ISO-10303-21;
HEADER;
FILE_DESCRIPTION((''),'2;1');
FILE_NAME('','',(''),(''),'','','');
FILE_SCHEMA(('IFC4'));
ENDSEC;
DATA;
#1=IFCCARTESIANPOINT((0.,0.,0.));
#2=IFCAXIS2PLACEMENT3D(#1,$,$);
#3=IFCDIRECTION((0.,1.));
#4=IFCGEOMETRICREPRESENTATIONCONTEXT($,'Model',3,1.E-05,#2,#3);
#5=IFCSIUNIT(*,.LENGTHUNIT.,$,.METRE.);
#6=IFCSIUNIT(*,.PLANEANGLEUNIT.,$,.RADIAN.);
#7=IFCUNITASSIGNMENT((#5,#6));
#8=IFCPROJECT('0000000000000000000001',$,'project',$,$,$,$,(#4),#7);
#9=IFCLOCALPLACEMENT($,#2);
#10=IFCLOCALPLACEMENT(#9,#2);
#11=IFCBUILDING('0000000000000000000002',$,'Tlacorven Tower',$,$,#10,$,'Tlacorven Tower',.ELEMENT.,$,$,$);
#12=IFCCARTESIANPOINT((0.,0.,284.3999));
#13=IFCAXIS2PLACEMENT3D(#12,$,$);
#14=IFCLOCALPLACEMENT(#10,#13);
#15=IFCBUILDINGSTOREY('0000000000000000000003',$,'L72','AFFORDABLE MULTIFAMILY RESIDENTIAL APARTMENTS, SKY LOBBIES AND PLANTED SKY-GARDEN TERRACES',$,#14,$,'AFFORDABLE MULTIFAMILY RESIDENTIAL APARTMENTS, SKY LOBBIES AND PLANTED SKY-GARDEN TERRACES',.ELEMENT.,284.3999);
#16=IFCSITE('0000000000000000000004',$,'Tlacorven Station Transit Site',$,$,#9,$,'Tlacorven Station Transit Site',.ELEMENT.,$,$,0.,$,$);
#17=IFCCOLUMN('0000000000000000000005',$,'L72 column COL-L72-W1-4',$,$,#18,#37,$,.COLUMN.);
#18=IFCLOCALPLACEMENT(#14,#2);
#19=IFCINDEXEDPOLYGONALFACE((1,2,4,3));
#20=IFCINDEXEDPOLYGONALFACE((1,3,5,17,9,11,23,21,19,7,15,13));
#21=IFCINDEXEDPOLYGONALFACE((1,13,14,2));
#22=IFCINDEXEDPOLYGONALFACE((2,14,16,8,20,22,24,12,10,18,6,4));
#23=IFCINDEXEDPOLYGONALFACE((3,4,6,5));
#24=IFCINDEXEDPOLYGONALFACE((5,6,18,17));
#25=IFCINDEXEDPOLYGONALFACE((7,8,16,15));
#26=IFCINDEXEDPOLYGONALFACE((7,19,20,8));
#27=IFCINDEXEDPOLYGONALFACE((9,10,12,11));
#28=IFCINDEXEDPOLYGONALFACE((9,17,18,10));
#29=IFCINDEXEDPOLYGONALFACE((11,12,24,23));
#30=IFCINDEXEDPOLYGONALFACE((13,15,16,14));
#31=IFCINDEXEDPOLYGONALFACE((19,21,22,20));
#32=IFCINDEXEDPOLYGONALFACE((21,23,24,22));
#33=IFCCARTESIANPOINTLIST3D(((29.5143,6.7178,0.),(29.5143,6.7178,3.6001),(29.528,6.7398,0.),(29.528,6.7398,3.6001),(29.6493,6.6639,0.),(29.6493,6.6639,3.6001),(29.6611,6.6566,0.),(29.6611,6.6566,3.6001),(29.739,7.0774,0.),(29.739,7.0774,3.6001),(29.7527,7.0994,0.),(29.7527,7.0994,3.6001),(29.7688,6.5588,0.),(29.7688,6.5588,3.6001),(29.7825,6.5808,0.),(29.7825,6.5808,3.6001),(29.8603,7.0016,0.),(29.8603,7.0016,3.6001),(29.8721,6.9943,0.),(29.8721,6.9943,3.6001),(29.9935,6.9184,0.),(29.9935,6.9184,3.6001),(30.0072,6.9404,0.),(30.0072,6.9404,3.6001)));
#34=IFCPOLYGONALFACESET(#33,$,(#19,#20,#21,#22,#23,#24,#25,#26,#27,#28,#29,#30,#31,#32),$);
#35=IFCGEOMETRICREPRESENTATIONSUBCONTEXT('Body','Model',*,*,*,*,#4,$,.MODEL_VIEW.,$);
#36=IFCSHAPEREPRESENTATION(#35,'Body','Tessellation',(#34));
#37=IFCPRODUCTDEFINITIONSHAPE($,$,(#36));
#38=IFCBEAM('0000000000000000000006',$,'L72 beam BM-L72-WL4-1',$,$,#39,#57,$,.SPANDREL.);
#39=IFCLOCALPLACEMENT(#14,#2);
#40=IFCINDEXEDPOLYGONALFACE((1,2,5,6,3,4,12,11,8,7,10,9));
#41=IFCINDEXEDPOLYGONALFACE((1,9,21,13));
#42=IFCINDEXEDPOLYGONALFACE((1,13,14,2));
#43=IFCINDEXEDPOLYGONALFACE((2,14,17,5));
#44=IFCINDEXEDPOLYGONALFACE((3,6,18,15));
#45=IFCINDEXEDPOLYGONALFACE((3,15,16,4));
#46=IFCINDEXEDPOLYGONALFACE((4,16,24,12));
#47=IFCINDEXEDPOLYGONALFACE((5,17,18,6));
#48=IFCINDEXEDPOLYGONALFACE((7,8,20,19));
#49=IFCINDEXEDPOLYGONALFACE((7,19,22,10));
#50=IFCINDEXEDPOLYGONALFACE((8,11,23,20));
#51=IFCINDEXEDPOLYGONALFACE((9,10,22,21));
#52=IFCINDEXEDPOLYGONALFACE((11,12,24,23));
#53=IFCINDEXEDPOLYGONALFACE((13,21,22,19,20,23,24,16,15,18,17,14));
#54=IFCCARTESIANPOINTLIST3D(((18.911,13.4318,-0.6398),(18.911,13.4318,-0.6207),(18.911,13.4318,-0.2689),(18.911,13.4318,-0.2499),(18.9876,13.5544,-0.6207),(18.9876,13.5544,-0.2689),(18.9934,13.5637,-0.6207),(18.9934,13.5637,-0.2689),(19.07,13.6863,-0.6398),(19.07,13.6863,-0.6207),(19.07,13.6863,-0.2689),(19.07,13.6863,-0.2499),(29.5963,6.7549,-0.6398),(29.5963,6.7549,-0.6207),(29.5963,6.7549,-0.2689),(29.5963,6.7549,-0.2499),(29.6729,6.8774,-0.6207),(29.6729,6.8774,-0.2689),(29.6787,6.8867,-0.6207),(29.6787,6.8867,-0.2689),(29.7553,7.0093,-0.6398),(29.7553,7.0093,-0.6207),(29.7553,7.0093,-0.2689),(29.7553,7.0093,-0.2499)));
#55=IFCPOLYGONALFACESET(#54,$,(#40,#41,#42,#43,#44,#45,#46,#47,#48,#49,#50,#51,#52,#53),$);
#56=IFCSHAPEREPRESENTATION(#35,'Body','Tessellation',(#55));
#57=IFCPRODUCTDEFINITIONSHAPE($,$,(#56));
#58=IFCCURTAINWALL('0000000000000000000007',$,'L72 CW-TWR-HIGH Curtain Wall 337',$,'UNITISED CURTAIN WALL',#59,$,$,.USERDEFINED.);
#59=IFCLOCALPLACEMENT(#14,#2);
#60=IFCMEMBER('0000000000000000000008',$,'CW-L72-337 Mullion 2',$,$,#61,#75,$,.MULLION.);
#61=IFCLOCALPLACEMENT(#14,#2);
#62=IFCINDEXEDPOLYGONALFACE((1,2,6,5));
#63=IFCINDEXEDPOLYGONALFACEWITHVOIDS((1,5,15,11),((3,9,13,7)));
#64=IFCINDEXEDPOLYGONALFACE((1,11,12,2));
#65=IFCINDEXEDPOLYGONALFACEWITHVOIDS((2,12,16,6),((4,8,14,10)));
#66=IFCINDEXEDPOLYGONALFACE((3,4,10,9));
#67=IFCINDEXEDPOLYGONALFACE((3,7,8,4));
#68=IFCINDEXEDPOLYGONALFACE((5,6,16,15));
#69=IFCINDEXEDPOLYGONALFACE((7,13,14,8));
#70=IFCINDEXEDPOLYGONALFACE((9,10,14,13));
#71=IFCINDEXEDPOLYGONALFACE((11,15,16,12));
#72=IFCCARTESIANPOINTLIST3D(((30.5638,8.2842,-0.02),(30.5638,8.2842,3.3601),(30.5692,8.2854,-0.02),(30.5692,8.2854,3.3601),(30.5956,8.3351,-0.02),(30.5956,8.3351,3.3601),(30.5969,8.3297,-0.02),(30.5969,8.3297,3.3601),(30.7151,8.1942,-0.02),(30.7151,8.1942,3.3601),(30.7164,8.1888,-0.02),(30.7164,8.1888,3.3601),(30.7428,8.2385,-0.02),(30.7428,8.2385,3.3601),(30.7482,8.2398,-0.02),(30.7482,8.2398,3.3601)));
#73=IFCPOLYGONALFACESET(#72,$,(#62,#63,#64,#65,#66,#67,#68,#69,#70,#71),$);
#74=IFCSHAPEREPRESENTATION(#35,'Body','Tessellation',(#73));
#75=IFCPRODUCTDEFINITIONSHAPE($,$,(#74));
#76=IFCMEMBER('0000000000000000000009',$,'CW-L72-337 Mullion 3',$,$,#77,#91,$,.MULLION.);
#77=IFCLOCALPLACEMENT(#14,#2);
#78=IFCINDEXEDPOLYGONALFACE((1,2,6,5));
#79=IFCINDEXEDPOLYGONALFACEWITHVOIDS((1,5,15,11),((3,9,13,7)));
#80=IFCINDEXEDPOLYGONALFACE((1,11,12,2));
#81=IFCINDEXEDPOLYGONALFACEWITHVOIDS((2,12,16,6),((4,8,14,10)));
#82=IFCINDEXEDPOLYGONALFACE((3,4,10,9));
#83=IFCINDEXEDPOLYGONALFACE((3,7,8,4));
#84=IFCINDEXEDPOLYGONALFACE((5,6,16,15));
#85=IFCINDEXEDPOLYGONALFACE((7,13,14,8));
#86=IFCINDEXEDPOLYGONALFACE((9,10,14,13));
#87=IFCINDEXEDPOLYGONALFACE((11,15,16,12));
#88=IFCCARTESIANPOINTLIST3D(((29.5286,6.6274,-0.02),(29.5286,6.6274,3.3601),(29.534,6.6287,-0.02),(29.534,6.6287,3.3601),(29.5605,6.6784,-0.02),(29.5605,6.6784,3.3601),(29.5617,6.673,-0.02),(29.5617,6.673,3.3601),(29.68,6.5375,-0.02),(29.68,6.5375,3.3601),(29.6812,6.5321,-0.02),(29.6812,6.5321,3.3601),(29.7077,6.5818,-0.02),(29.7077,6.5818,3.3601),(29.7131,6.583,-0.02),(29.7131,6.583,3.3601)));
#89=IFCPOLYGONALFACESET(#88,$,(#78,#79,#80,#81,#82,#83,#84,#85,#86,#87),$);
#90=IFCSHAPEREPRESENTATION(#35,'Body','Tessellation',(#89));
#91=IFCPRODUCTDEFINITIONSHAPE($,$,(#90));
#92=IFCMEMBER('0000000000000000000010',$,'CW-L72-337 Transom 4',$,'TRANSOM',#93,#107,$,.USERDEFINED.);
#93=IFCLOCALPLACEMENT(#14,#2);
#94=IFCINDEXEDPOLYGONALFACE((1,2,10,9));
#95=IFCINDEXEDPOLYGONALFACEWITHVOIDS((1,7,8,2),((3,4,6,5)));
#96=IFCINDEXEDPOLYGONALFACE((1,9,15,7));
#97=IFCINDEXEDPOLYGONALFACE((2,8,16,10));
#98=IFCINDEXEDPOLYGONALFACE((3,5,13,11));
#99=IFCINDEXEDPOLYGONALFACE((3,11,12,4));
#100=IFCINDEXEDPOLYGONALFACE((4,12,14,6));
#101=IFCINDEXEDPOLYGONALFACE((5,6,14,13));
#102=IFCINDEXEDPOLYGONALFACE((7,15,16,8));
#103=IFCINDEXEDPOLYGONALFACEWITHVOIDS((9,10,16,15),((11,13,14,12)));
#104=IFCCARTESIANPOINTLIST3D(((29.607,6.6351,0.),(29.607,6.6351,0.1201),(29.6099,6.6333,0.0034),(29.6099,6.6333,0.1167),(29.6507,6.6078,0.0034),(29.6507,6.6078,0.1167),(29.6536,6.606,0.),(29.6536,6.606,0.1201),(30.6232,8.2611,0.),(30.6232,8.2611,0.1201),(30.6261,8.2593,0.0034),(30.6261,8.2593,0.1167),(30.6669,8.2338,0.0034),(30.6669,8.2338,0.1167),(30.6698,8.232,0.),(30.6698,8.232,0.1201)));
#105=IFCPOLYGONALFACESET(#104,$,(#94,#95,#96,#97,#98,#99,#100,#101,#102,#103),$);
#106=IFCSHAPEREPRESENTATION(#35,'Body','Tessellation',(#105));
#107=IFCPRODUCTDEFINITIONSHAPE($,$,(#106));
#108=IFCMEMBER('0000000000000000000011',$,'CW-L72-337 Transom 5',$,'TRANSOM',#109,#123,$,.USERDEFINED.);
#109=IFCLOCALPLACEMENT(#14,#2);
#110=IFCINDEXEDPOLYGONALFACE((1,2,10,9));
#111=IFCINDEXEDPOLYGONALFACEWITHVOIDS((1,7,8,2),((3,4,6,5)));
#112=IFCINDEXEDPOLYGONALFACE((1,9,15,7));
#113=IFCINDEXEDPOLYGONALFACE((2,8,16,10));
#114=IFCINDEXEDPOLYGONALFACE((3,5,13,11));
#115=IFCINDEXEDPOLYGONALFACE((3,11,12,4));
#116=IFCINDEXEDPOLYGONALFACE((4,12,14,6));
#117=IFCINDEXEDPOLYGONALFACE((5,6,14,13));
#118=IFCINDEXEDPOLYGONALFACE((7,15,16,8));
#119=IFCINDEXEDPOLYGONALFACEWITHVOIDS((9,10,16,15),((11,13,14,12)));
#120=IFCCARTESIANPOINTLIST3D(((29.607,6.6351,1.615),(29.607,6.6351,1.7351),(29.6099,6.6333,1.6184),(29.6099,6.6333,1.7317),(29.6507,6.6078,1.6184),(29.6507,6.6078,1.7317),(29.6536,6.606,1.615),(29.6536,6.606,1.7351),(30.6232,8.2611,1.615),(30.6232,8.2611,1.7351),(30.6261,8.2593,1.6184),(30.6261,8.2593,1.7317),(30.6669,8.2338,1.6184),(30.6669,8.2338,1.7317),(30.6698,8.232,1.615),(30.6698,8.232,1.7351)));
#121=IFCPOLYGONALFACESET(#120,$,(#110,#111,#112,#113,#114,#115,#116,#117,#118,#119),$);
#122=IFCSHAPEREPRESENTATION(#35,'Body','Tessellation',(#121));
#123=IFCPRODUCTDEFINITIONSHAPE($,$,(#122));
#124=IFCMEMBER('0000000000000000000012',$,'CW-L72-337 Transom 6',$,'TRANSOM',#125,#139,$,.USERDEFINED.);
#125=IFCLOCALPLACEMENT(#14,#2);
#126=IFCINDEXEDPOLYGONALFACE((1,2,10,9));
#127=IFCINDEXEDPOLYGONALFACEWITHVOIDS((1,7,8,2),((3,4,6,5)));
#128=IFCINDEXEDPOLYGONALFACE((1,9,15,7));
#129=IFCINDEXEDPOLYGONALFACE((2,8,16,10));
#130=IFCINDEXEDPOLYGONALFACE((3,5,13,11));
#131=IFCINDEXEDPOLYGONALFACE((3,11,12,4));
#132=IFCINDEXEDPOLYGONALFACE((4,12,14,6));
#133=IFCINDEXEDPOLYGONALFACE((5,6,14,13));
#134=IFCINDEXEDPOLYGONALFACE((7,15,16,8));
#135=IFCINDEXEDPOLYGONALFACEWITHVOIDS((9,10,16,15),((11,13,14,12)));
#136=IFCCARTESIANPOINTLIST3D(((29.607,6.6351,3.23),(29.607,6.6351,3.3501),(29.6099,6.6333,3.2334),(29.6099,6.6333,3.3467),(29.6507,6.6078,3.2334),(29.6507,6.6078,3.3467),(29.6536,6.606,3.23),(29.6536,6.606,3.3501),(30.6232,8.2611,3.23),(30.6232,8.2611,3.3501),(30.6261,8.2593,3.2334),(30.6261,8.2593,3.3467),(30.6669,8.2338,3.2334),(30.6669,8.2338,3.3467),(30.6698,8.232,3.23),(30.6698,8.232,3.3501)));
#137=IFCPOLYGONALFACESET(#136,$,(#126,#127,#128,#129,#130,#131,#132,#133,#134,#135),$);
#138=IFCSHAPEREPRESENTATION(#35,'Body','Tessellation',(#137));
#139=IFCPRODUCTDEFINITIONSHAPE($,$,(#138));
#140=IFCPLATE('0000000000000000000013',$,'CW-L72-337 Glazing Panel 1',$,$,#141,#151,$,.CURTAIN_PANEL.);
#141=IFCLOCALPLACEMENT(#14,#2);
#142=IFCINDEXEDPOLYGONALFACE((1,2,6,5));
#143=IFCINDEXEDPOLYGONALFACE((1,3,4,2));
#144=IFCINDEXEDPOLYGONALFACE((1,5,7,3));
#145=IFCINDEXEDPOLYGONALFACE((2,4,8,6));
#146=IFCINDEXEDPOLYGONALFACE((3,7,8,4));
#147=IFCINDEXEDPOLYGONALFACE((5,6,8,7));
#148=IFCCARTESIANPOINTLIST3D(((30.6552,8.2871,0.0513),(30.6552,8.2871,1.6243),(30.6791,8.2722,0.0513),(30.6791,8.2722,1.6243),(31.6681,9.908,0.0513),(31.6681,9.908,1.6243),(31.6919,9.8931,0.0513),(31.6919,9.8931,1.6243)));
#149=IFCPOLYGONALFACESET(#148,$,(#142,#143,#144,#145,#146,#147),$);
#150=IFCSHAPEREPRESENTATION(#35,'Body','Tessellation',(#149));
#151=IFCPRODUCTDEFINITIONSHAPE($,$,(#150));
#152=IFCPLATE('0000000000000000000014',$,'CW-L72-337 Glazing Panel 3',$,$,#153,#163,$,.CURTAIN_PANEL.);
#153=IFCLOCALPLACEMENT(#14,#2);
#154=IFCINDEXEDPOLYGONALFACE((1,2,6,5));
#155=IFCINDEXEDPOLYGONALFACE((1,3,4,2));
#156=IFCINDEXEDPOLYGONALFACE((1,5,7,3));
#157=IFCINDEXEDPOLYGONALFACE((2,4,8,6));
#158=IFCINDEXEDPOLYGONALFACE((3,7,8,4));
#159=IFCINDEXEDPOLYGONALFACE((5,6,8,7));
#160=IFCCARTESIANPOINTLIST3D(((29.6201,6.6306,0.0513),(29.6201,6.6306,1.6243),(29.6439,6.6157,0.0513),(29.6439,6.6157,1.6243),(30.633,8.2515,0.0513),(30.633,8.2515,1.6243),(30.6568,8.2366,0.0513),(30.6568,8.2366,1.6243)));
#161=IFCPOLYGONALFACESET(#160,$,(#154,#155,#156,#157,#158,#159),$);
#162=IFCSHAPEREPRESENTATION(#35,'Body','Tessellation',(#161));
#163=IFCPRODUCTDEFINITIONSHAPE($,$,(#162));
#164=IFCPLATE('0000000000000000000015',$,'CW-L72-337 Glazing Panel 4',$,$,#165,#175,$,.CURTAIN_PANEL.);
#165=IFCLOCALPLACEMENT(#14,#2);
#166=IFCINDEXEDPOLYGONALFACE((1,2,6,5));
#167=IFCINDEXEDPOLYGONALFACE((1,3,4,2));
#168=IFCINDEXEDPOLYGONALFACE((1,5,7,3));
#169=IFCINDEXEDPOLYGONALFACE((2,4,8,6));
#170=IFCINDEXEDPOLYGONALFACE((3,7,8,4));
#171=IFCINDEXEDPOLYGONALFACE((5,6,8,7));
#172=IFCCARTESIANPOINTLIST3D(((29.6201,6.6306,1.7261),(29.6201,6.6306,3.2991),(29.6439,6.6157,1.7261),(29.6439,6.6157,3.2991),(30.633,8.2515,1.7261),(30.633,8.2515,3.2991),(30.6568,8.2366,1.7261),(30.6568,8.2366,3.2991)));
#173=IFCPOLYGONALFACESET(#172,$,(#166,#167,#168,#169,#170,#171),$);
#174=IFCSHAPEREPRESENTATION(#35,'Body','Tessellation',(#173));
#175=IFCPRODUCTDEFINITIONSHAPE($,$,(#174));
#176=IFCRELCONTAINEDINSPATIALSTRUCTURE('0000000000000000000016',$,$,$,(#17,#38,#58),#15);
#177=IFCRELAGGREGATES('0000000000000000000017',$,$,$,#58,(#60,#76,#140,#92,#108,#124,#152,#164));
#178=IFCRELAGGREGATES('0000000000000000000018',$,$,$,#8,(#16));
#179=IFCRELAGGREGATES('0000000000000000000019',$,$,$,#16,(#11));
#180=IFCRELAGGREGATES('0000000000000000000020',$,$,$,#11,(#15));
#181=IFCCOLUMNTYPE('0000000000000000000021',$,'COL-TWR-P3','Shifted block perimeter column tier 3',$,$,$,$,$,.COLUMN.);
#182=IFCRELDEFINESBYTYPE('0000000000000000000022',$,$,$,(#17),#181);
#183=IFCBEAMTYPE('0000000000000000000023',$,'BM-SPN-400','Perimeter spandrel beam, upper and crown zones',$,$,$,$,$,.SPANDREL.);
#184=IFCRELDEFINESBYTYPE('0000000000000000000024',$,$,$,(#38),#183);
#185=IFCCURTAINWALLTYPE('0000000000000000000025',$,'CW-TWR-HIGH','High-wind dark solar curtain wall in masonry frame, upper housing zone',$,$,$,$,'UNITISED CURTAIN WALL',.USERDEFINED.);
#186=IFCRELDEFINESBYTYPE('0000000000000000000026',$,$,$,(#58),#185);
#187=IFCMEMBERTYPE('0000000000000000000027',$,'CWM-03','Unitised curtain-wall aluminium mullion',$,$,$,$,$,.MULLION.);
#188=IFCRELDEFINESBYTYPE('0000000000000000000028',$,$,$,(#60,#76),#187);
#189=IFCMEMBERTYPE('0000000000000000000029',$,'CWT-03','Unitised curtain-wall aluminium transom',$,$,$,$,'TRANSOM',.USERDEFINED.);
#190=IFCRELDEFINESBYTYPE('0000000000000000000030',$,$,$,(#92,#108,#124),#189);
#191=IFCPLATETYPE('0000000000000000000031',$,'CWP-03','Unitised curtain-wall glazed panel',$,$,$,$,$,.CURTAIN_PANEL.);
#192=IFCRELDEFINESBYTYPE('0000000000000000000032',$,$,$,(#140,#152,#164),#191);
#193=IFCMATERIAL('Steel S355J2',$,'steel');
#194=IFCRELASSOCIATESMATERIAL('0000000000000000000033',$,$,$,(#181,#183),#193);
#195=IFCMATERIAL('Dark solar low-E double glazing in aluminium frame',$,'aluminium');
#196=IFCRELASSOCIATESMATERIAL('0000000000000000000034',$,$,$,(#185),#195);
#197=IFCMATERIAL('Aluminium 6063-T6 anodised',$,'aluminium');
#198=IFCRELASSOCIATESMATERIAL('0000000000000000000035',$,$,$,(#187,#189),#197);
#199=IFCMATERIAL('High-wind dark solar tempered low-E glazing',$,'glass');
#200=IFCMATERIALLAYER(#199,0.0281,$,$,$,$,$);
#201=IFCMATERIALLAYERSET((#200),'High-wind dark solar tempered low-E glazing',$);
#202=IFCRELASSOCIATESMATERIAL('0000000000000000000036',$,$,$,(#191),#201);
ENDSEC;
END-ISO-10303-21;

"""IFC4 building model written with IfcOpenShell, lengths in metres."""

from ifc_helpers import new_model, si_unit, direction, frame, origin, origin_2d, place, context, subcontext, project, spatial, rectangle, hollow_rectangle, i_section, extrude, source, transform, mapped, material, layer, layer_set, material_profile, profile_set, type_object, element, aggregate, save


model = new_model("IFC4")

# Units and contexts
model_context = context("Model", 3, precision=1e-05, world=origin(), true_north=direction((0.0, 1.0)))
body_context = subcontext(model_context, "Body", "Model", "MODEL_VIEW")
ifc_project = project(units=[si_unit("LENGTHUNIT", "METRE"), si_unit("PLANEANGLEUNIT", "RADIAN")], contexts=[model_context])

# Site, building, storey
site_placement = place(None, origin())
site = spatial("IfcSite", under=ifc_project, at=site_placement, Name="Tlacorven Station Transit Site", LongName="Tlacorven Station Transit Site", CompositionType="ELEMENT", RefElevation=0.0)
building_placement = place(site_placement, origin())
building = spatial("IfcBuilding", under=site, at=building_placement, Name="Tlacorven Tower", LongName="Tlacorven Tower", CompositionType="ELEMENT")
storey_placement = place(building_placement, frame((0.0, 0.0, 284.3999)))
storey = spatial("IfcBuildingStorey", under=building, at=storey_placement, Name="L72", Description="AFFORDABLE MULTIFAMILY RESIDENTIAL APARTMENTS, SKY LOBBIES AND PLANTED SKY-GARDEN TERRACES", LongName="AFFORDABLE MULTIFAMILY RESIDENTIAL APARTMENTS, SKY LOBBIES AND PLANTED SKY-GARDEN TERRACES", CompositionType="ELEMENT", Elevation=284.3999)

# Column
ifc_material_1 = material(Name="Steel S355J2", Category="steel")
ifc_material_profile_1 = material_profile(ifc_material_1, i_section(OverallWidth=0.3, OverallDepth=0.45, WebThickness=0.0139, FlangeThickness=0.0259, at=origin_2d()), Name="HEB 450")
ifc_profile_set_1 = profile_set([ifc_material_profile_1], Name="Steel S355J2")
column_type = type_object("IfcColumnType", Name="COL-TWR-P3", Description="Shifted block perimeter column tier 3", PredefinedType="COLUMN", material=ifc_profile_set_1)
shared_shape_1 = source(origin(), body_context, "Body", "SweptSolid", [
    extrude(i_section(OverallWidth=0.3, OverallDepth=0.45, WebThickness=0.0139, FlangeThickness=0.0259, at=origin_2d()), origin(), (0.0, 0.0, 1.0), 3.6001),
])
column_placement = place(storey_placement, frame((29.7607, 6.8291, 0.0), z_axis=(0.0, 0.0, 1.0), x_axis=(-0.848048, 0.529919, 0.0)))
element("IfcColumn", 1, at=column_placement, inside=storey, type_object=column_type, Name="L72 column COL-L72-W1-4", PredefinedType="COLUMN", context=body_context, shape_type="MappedRepresentation", body=[
    mapped(shared_shape_1, transform((0.0, 0.0, 0.0), scale=1.0)),
])

# Beam
ifc_material_profile_2 = material_profile(ifc_material_1, i_section(OverallWidth=0.3, OverallDepth=0.3899, WebThickness=0.011, FlangeThickness=0.019, at=origin_2d()), Name="HEA 400")
ifc_profile_set_2 = profile_set([ifc_material_profile_2], Name="Steel S355J2")
beam_type = type_object("IfcBeamType", Name="BM-SPN-400", Description="Perimeter spandrel beam, upper and crown zones", PredefinedType="SPANDREL", material=ifc_profile_set_2)
shared_shape_2 = source(origin(), body_context, "Body", "SweptSolid", [
    extrude(i_section(OverallWidth=0.3, OverallDepth=0.3899, WebThickness=0.011, FlangeThickness=0.019, at=origin_2d()), origin(), (0.0, 0.0, 1.0), 12.5999),
])
beam_placement = place(storey_placement, frame((29.6758, 6.8821, -0.4448), z_axis=(-0.848045, 0.529924, 0.0), x_axis=(-0.529924, -0.848045, 0.0)))
element("IfcBeam", 2, at=beam_placement, inside=storey, type_object=beam_type, Name="L72 beam BM-L72-WL4-1", PredefinedType="SPANDREL", context=body_context, shape_type="MappedRepresentation", body=[
    mapped(shared_shape_2, transform((0.0, 0.0, 0.0), scale=1.0)),
])

# Curtain wall, members, plates
ifc_material_2 = material(Name="Dark solar low-E double glazing in aluminium frame", Category="aluminium")
curtain_wall_type = type_object("IfcCurtainWallType", Name="CW-TWR-HIGH", Description="High-wind dark solar curtain wall in masonry frame, upper housing zone", ElementType="UNITISED CURTAIN WALL", PredefinedType="USERDEFINED", material=ifc_material_2)
curtain_wall_placement = place(storey_placement, origin())
curtain_wall = element("IfcCurtainWall", 3, at=curtain_wall_placement, inside=storey, type_object=curtain_wall_type, Name="L72 CW-TWR-HIGH Curtain Wall 337", ObjectType="UNITISED CURTAIN WALL", PredefinedType="USERDEFINED")
ifc_material_3 = material(Name="Aluminium 6063-T6 anodised", Category="aluminium")
ifc_material_profile_3 = material_profile(ifc_material_3, hollow_rectangle(XDim=0.0601, YDim=0.1799, WallThickness=0.0039, at=origin_2d()), Name="ALU MULLION 60X180")
ifc_profile_set_3 = profile_set([ifc_material_profile_3], Name="Aluminium 6063-T6 anodised")
member_type_1 = type_object("IfcMemberType", Name="CWM-03", Description="Unitised curtain-wall aluminium mullion", PredefinedType="MULLION", material=ifc_profile_set_3)
shared_shape_3 = source(origin(), body_context, "Body", "SweptSolid", [
    extrude(hollow_rectangle(XDim=0.0601, YDim=0.1799, WallThickness=0.0039, at=origin_2d()), origin(), (0.0, 0.0, 1.0), 3.3801),
])
member_1_placement = place(storey_placement, frame((30.656, 8.262, -0.02), z_axis=(0.0, 0.0, 1.0), x_axis=(-0.529919, -0.848048, 0.0)))
member_1 = element("IfcMember", 4, at=member_1_placement, type_object=member_type_1, Name="CW-L72-337 Mullion 2", PredefinedType="MULLION", context=body_context, shape_type="MappedRepresentation", body=[
    mapped(shared_shape_3, transform((0.0, 0.0, 0.0), scale=1.0)),
])
member_2_placement = place(storey_placement, frame((29.6208, 6.6052, -0.02), z_axis=(0.0, 0.0, 1.0), x_axis=(-0.529919, -0.848048, 0.0)))
member_2 = element("IfcMember", 5, at=member_2_placement, type_object=member_type_1, Name="CW-L72-337 Mullion 3", PredefinedType="MULLION", context=body_context, shape_type="MappedRepresentation", body=[
    mapped(shared_shape_3, transform((0.0, 0.0, 0.0), scale=1.0)),
])
ifc_material_profile_4 = material_profile(ifc_material_3, hollow_rectangle(XDim=0.0549, YDim=0.1201, WallThickness=0.0034, at=origin_2d()), Name="ALU TRANSOM 55X120")
ifc_profile_set_4 = profile_set([ifc_material_profile_4], Name="Aluminium 6063-T6 anodised")
member_type_2 = type_object("IfcMemberType", Name="CWT-03", Description="Unitised curtain-wall aluminium transom", ElementType="TRANSOM", PredefinedType="USERDEFINED", material=ifc_profile_set_4)
shared_shape_4 = source(origin(), body_context, "Body", "SweptSolid", [
    extrude(hollow_rectangle(XDim=0.0549, YDim=0.1201, WallThickness=0.0034, at=origin_2d()), origin(), (0.0, 0.0, 1.0), 1.9175),
])
member_3_placement = place(storey_placement, frame((30.6465, 8.2466, 0.0601), z_axis=(-0.529953, -0.848027, 0.0), x_axis=(0.848027, -0.529953, 0.0)))
member_3 = element("IfcMember", 6, at=member_3_placement, type_object=member_type_2, Name="CW-L72-337 Transom 4", ObjectType="TRANSOM", PredefinedType="USERDEFINED", context=body_context, shape_type="MappedRepresentation", body=[
    mapped(shared_shape_4, transform((0.0, 0.0, 0.0), scale=1.0)),
])
member_4_placement = place(storey_placement, frame((30.6465, 8.2466, 1.675), z_axis=(-0.529953, -0.848027, 0.0), x_axis=(0.848027, -0.529953, 0.0)))
member_4 = element("IfcMember", 7, at=member_4_placement, type_object=member_type_2, Name="CW-L72-337 Transom 5", ObjectType="TRANSOM", PredefinedType="USERDEFINED", context=body_context, shape_type="MappedRepresentation", body=[
    mapped(shared_shape_4, transform((0.0, 0.0, 0.0), scale=1.0)),
])
member_5_placement = place(storey_placement, frame((30.6465, 8.2466, 3.29), z_axis=(-0.529953, -0.848027, 0.0), x_axis=(0.848027, -0.529953, 0.0)))
member_5 = element("IfcMember", 8, at=member_5_placement, type_object=member_type_2, Name="CW-L72-337 Transom 6", ObjectType="TRANSOM", PredefinedType="USERDEFINED", context=body_context, shape_type="MappedRepresentation", body=[
    mapped(shared_shape_4, transform((0.0, 0.0, 0.0), scale=1.0)),
])
ifc_material_4 = material(Name="High-wind dark solar tempered low-E glazing", Category="glass")
ifc_layer_1 = layer(ifc_material_4, 0.0281)
ifc_layer_set_1 = layer_set([ifc_layer_1], Name="High-wind dark solar tempered low-E glazing")
plate_type = type_object("IfcPlateType", Name="CWP-03", Description="Unitised curtain-wall glazed panel", PredefinedType="CURTAIN_PANEL", material=ifc_layer_set_1)
shared_shape_5 = source(origin(), body_context, "Body", "SweptSolid", [
    extrude(rectangle(XDim=1.9114, YDim=0.0281, at=origin_2d()), origin(), (0.0, 0.0, 1.0), 1.573),
])
plate_1_placement = place(storey_placement, frame((31.1736, 9.0901, 0.0513), z_axis=(0.0, 0.0, 1.0), x_axis=(-0.529919, -0.848048, 0.0)))
plate_1 = element("IfcPlate", 9, at=plate_1_placement, type_object=plate_type, Name="CW-L72-337 Glazing Panel 1", PredefinedType="CURTAIN_PANEL", context=body_context, shape_type="MappedRepresentation", body=[
    mapped(shared_shape_5, transform((0.0, 0.0, 0.0), scale=1.0)),
])
plate_2_placement = place(storey_placement, frame((30.1384, 7.4336, 0.0513), z_axis=(0.0, 0.0, 1.0), x_axis=(-0.529919, -0.848048, 0.0)))
plate_2 = element("IfcPlate", 10, at=plate_2_placement, type_object=plate_type, Name="CW-L72-337 Glazing Panel 3", PredefinedType="CURTAIN_PANEL", context=body_context, shape_type="MappedRepresentation", body=[
    mapped(shared_shape_5, transform((0.0, 0.0, 0.0), scale=1.0)),
])
plate_3_placement = place(storey_placement, frame((30.1384, 7.4336, 1.7261), z_axis=(0.0, 0.0, 1.0), x_axis=(-0.529919, -0.848048, 0.0)))
plate_3 = element("IfcPlate", 11, at=plate_3_placement, type_object=plate_type, Name="CW-L72-337 Glazing Panel 4", PredefinedType="CURTAIN_PANEL", context=body_context, shape_type="MappedRepresentation", body=[
    mapped(shared_shape_5, transform((0.0, 0.0, 0.0), scale=1.0)),
])
aggregate(curtain_wall, [member_1, member_2, plate_1, member_3, member_4, member_5, plate_2, plate_3])

save(model, "model.ifc")
